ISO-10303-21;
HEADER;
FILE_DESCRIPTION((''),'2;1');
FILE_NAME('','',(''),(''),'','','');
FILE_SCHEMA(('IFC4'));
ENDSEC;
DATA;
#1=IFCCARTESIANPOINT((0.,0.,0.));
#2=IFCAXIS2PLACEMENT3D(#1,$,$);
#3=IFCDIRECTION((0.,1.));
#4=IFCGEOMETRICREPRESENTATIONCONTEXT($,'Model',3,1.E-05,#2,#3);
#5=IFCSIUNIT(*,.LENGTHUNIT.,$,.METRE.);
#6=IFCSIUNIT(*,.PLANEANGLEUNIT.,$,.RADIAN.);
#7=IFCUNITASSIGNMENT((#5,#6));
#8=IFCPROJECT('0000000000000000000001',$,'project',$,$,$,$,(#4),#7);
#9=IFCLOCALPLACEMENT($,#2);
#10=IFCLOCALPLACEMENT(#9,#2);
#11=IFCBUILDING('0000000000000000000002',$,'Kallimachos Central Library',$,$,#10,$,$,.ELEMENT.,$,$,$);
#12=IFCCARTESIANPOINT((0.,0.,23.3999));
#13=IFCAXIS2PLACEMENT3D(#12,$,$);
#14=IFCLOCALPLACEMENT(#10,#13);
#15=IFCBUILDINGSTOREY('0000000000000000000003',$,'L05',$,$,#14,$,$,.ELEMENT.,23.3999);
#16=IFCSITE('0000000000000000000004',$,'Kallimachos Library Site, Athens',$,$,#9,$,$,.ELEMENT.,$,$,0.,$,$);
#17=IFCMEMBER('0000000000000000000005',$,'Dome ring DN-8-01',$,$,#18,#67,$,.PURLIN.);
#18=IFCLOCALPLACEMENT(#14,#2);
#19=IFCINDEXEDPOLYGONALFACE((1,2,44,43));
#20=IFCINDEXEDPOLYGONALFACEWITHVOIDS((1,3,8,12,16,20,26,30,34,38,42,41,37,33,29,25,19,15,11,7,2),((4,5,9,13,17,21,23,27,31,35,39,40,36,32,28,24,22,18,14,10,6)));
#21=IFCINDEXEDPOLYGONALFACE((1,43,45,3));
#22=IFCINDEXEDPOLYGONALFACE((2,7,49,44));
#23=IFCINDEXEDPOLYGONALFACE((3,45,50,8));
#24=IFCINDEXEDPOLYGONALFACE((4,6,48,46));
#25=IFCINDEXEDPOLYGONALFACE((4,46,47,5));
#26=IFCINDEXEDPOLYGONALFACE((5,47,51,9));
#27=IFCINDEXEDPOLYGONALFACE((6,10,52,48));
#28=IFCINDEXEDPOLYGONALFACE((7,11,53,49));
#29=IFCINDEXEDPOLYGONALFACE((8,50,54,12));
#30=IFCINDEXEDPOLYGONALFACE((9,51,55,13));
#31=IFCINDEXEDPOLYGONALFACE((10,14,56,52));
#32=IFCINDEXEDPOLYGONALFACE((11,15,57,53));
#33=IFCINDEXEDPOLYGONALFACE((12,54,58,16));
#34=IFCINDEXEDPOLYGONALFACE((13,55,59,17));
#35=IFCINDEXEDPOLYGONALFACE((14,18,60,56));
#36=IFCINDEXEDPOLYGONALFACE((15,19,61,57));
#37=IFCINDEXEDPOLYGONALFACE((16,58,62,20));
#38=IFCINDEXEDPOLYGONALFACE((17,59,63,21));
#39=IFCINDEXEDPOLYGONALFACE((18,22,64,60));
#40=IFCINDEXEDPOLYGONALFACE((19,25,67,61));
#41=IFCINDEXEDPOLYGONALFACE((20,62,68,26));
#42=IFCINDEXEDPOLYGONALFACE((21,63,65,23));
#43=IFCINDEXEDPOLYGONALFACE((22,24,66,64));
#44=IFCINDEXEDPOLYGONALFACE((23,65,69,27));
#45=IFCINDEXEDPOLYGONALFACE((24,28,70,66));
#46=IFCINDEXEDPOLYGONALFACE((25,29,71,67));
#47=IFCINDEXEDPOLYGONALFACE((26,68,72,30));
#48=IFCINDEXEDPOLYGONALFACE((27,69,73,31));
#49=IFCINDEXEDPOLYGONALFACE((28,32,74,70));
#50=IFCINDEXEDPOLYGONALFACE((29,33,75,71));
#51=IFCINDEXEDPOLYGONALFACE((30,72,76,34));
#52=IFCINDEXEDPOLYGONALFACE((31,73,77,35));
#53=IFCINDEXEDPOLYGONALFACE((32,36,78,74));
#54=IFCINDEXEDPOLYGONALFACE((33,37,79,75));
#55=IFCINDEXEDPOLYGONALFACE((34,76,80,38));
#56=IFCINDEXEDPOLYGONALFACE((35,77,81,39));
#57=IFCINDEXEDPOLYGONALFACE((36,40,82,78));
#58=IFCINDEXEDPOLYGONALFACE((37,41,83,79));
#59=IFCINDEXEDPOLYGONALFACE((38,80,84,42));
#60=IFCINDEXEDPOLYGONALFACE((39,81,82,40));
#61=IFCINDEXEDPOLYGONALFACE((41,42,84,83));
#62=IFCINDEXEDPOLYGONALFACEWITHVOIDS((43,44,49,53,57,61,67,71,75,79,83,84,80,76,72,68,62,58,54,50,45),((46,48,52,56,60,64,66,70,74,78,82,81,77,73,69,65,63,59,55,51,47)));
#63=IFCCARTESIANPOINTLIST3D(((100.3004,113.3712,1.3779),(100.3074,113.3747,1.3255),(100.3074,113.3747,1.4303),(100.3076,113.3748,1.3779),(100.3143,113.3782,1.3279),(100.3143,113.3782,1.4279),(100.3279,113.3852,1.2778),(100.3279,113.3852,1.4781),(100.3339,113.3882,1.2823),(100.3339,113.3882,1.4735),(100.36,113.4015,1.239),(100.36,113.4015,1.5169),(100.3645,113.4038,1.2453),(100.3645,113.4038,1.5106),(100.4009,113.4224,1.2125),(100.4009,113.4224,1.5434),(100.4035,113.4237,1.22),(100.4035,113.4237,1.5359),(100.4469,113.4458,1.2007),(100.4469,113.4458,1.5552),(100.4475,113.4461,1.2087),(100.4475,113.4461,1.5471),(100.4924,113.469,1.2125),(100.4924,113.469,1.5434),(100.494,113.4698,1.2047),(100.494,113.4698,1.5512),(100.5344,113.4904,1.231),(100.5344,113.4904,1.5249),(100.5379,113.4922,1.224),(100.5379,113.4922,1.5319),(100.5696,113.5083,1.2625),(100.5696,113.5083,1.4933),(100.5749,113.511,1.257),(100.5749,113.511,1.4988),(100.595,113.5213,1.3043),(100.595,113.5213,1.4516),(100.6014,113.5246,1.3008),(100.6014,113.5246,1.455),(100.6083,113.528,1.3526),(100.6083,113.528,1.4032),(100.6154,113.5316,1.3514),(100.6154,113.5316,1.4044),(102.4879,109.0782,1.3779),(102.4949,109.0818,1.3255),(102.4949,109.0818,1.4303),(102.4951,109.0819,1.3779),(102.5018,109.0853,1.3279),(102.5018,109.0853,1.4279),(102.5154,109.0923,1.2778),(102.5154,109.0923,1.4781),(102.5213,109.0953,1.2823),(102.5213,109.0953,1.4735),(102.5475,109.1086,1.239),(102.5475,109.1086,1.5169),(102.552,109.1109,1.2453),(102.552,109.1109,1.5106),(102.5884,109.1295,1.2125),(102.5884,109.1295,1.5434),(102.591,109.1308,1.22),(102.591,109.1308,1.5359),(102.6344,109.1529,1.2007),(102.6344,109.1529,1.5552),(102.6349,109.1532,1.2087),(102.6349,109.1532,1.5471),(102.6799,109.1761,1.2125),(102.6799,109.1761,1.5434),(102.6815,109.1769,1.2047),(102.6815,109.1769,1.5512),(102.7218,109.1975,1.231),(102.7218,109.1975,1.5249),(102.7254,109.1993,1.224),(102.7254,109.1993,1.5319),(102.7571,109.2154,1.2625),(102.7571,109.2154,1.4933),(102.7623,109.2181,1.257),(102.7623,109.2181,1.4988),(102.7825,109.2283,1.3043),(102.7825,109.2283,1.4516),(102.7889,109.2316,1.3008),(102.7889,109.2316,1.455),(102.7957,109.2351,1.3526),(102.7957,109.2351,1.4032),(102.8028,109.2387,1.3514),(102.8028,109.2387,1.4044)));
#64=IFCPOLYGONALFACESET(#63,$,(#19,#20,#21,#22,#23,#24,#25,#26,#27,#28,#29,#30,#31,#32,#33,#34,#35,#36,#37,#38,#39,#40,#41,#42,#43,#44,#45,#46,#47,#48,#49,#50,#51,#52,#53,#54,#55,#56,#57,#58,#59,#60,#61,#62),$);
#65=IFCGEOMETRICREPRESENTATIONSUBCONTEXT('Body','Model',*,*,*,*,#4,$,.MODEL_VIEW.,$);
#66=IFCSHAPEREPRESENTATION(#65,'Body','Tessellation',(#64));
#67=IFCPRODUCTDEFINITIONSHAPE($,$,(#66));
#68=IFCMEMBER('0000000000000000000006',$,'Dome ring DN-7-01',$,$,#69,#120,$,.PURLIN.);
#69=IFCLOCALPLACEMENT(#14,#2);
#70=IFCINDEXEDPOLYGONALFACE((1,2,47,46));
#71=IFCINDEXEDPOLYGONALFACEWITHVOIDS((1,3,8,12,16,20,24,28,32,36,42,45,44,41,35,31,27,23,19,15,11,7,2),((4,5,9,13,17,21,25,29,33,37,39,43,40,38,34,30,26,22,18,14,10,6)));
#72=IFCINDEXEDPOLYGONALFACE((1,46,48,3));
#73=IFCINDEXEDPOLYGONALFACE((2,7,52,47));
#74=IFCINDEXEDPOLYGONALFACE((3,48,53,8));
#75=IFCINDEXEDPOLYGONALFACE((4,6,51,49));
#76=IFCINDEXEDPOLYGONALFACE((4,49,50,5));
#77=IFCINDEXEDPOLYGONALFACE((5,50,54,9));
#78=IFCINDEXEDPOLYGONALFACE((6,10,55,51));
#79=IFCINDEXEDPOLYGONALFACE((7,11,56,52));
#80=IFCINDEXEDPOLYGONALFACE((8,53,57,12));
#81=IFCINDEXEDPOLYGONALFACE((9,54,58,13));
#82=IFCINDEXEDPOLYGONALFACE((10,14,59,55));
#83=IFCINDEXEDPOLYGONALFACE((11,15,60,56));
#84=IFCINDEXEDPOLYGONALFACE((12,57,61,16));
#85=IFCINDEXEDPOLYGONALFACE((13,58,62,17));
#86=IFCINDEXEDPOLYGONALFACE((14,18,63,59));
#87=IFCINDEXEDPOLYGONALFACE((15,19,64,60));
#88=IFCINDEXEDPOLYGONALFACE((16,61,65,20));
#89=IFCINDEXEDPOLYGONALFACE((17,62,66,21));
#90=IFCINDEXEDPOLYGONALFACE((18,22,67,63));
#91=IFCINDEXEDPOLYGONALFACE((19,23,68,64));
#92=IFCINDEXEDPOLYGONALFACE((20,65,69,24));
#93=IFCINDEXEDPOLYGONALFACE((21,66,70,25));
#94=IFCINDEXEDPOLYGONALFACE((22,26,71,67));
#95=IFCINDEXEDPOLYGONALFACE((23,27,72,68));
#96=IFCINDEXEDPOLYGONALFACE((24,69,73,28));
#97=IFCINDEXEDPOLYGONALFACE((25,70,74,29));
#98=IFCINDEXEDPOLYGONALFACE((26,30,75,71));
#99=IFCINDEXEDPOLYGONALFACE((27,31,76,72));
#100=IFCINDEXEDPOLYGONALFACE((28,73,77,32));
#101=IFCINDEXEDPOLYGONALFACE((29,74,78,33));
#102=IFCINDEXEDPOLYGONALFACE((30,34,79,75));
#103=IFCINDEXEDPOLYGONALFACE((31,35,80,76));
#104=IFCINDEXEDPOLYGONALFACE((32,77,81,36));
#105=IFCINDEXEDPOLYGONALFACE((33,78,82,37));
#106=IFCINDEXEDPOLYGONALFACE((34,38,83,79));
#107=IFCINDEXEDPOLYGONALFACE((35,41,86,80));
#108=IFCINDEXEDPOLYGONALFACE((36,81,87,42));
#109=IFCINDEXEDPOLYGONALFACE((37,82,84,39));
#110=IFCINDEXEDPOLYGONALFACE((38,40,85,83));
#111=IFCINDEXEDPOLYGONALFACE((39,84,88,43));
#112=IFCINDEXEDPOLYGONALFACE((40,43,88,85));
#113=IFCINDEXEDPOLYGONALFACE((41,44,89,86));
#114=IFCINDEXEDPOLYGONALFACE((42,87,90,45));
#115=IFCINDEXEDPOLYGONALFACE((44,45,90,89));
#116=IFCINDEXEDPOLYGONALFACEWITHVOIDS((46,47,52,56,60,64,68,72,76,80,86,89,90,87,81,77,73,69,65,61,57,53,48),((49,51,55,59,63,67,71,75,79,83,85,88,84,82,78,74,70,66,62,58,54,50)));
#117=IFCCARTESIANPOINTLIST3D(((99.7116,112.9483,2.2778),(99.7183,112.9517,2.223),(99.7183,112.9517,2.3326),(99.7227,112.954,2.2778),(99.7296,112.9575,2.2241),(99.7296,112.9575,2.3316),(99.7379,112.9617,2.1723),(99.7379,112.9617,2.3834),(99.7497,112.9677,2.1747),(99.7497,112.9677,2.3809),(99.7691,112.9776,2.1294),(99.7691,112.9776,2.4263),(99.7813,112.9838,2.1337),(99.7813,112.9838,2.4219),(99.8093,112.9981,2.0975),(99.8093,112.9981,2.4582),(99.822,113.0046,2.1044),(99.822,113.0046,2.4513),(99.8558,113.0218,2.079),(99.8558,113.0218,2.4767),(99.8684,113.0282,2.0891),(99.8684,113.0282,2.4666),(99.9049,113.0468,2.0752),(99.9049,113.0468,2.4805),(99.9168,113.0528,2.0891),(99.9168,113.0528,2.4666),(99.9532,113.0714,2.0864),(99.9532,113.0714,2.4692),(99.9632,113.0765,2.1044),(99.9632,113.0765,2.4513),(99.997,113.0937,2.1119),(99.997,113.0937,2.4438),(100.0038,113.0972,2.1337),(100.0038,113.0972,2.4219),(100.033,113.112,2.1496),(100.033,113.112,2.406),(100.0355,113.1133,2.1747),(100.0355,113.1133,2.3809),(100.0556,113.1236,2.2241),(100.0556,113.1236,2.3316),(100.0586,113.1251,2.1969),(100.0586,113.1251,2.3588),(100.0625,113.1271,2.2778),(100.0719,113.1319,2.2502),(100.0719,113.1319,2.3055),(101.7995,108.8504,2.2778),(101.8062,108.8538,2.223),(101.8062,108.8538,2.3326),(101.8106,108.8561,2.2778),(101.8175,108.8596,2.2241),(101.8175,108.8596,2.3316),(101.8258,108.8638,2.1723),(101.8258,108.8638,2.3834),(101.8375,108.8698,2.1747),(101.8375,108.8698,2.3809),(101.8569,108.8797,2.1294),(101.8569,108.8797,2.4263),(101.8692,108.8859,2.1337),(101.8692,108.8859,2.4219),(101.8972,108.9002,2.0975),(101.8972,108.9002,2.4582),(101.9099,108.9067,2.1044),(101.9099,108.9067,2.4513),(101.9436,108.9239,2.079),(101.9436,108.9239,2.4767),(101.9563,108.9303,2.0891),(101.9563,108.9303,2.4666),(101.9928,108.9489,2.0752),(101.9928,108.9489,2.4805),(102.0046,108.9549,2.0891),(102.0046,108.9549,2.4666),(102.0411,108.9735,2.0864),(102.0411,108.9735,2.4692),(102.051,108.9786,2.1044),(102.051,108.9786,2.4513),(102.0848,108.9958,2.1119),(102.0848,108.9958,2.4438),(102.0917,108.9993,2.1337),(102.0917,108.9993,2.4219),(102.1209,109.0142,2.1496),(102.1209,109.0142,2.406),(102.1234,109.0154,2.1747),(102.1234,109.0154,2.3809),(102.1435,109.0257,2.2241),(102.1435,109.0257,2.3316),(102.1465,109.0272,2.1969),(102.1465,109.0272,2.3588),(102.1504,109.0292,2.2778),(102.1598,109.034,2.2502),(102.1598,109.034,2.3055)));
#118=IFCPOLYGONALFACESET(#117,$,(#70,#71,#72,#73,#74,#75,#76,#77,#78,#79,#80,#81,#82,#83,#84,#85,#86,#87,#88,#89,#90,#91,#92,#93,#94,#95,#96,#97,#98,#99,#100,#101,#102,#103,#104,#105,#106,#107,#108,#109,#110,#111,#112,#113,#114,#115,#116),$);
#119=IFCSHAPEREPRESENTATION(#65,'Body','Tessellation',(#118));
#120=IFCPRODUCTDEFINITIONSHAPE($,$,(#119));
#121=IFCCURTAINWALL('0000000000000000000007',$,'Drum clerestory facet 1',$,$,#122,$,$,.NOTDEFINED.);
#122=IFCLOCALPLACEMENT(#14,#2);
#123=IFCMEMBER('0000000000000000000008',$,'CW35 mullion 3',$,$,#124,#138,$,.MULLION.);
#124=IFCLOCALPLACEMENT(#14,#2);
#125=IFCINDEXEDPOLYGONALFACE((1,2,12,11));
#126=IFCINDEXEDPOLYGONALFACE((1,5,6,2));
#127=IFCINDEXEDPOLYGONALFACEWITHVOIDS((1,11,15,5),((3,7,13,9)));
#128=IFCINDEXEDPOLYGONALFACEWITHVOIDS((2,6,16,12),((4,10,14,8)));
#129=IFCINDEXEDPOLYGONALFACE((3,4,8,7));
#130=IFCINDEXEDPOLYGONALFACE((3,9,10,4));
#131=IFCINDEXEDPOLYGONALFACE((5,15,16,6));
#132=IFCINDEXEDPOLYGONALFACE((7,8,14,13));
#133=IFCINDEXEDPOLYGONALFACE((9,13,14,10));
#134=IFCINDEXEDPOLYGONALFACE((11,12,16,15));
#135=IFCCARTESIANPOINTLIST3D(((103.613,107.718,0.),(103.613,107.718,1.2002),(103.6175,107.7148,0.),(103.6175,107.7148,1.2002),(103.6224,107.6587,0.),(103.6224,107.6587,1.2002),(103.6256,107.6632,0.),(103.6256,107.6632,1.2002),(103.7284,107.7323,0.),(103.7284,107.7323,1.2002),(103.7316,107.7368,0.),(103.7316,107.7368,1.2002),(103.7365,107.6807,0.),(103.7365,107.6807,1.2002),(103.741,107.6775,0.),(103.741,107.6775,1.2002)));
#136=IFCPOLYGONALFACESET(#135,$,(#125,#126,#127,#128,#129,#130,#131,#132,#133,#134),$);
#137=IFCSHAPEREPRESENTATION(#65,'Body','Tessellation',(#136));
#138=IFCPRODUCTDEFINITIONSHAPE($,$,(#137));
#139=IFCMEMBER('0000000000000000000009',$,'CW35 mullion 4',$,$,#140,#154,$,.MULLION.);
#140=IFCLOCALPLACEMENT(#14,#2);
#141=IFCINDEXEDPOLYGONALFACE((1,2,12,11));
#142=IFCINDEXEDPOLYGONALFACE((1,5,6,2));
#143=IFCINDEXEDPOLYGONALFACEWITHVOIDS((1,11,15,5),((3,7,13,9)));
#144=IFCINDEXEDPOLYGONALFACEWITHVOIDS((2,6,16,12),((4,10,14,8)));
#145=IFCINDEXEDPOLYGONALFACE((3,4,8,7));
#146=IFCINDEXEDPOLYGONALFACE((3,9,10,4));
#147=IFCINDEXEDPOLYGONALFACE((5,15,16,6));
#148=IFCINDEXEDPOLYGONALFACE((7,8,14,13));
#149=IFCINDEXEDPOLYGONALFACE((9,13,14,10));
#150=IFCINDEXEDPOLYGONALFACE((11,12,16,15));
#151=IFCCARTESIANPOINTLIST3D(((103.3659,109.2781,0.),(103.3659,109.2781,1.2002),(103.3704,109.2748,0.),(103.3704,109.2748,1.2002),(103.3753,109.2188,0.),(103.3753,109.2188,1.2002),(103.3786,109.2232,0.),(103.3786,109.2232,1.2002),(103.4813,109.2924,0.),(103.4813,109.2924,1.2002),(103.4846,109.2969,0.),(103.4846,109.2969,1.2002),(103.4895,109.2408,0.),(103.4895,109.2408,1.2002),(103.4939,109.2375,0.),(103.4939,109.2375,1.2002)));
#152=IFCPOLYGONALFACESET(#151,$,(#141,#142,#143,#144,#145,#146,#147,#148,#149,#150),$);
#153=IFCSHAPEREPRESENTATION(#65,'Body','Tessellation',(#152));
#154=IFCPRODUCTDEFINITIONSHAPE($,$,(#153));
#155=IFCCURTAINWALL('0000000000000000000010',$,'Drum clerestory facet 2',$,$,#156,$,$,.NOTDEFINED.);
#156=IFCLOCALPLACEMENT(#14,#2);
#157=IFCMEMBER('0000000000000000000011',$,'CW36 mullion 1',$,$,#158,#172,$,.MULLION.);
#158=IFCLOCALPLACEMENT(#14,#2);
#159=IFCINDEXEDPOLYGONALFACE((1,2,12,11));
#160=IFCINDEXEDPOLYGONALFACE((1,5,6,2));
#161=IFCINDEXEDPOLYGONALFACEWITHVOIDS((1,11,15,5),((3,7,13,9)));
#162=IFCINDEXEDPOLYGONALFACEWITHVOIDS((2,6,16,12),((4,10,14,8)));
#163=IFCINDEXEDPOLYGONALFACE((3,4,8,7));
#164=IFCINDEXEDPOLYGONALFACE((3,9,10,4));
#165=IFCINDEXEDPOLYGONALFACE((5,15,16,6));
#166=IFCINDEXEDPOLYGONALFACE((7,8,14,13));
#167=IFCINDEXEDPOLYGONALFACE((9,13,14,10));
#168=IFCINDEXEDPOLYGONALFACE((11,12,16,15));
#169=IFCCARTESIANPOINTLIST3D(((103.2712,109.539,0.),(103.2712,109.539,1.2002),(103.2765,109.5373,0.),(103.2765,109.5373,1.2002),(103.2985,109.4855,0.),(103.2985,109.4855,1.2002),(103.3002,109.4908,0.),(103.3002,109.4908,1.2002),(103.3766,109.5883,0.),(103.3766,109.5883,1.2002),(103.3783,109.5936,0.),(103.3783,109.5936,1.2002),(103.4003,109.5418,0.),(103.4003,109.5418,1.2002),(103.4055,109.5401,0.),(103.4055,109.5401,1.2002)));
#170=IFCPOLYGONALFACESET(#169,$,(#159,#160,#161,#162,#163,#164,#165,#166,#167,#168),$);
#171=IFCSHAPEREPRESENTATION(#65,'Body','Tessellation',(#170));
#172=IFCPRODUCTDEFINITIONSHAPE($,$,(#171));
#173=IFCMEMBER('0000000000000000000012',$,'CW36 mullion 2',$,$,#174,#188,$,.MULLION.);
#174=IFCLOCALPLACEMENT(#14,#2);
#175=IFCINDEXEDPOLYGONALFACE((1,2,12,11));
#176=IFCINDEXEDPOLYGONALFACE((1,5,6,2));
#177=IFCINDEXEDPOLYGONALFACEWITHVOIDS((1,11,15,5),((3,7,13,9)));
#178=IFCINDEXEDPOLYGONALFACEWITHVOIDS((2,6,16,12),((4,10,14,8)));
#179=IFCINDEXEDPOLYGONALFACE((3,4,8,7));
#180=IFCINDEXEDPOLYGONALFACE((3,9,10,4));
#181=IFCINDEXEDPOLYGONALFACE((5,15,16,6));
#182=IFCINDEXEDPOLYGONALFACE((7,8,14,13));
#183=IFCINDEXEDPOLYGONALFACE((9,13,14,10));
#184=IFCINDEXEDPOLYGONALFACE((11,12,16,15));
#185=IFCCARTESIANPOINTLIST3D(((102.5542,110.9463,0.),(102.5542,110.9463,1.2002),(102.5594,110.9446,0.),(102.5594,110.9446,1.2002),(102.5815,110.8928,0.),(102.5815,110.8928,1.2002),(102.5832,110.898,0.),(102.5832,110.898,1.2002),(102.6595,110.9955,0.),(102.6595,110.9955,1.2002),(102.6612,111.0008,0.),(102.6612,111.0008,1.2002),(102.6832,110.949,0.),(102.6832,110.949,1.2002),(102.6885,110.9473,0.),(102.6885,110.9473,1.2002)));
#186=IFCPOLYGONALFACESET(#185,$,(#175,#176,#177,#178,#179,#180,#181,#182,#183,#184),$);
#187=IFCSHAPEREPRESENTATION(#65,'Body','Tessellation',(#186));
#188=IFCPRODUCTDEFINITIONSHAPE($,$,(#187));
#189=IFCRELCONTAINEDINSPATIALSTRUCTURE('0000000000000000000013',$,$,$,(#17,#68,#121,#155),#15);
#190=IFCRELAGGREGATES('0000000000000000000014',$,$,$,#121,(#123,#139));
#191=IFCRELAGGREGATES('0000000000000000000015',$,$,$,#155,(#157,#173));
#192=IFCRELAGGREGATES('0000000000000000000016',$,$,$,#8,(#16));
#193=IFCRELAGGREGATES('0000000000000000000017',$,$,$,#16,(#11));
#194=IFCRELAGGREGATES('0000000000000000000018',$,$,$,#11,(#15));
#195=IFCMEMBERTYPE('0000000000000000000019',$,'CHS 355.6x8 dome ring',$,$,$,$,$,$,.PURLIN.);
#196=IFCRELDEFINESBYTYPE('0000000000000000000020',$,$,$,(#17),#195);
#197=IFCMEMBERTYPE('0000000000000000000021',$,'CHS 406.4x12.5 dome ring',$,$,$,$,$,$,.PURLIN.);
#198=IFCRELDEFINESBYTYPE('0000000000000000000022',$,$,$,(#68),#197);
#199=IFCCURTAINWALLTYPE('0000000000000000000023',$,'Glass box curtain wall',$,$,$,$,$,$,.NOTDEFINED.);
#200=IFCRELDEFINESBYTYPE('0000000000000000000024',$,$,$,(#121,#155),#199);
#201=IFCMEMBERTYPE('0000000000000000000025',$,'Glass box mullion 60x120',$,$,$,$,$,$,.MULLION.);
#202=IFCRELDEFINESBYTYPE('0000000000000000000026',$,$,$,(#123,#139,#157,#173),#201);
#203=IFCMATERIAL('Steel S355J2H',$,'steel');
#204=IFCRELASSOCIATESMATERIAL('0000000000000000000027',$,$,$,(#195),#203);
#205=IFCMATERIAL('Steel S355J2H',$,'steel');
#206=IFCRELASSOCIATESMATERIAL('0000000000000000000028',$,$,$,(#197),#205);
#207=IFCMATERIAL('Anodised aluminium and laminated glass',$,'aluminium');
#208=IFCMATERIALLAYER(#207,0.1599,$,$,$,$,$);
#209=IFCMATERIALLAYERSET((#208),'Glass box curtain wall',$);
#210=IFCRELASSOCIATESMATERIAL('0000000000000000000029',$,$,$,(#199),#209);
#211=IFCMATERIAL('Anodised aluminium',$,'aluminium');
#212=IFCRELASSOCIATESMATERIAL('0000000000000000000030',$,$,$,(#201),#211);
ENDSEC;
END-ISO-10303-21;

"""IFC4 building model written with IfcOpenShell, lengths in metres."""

from ifc_helpers import new_model, si_unit, direction, frame, origin, origin_2d, place, context, subcontext, project, spatial, hollow_rectangle, hollow_circle, extrude, material, layer, layer_set, material_profile, profile_set, type_object, element, aggregate, save


model = new_model("IFC4")

# Units and contexts
model_context = context("Model", 3, precision=1e-05, world=origin(), true_north=direction((0.0, 1.0)))
body_context = subcontext(model_context, "Body", "Model", "MODEL_VIEW")
ifc_project = project(units=[si_unit("LENGTHUNIT", "METRE"), si_unit("PLANEANGLEUNIT", "RADIAN")], contexts=[model_context])

# Site, building, storey
site_placement = place(None, origin())
site = spatial("IfcSite", under=ifc_project, at=site_placement, Name="Kallimachos Library Site, Athens", CompositionType="ELEMENT", RefElevation=0.0)
building_placement = place(site_placement, origin())
building = spatial("IfcBuilding", under=site, at=building_placement, Name="Kallimachos Central Library", CompositionType="ELEMENT")
storey_placement = place(building_placement, frame((0.0, 0.0, 23.3999)))
storey = spatial("IfcBuildingStorey", under=building, at=storey_placement, Name="L05", CompositionType="ELEMENT", Elevation=23.3999)

# Members
ifc_material_1 = material(Name="Steel S355J2H", Category="steel")
ifc_material_profile_1 = material_profile(ifc_material_1, hollow_circle(Radius=0.1777, WallThickness=0.0081, at=origin_2d()), Name="CHS 355.6x8")
ifc_profile_set_1 = profile_set([ifc_material_profile_1], Name="Steel S355J2H")
member_type_1 = type_object("IfcMemberType", Name="CHS 355.6x8 dome ring", PredefinedType="PURLIN", material=ifc_profile_set_1)
member_1_placement = place(storey_placement, frame((102.6462, 109.1589, 1.3779), z_axis=(-0.454011, 0.890996, 0.0), x_axis=(-0.890996, -0.454011, 0.0)))
element("IfcMember", 1, at=member_1_placement, inside=storey, type_object=member_type_1, Name="Dome ring DN-8-01", PredefinedType="PURLIN", context=body_context, shape_type="SweptSolid", body=[
    extrude(hollow_circle(Radius=0.1777, WallThickness=0.0081, at=origin_2d()), origin(), (0.0, 0.0, 1.0), 4.8181),
])
ifc_material_2 = material(Name="Steel S355J2H", Category="steel")
ifc_material_profile_2 = material_profile(ifc_material_2, hollow_circle(Radius=0.2031, WallThickness=0.0125, at=origin_2d()), Name="CHS 406.4x12.5")
ifc_profile_set_2 = profile_set([ifc_material_profile_2], Name="Steel S355J2H")
member_type_2 = type_object("IfcMemberType", Name="CHS 406.4x12.5 dome ring", PredefinedType="PURLIN", material=ifc_profile_set_2)
member_2_placement = place(storey_placement, frame((101.9805, 108.9426, 2.2778), z_axis=(-0.453974, 0.891015, 0.0), x_axis=(-0.891015, -0.453974, 0.0)))
element("IfcMember", 2, at=member_2_placement, inside=storey, type_object=member_type_2, Name="Dome ring DN-7-01", PredefinedType="PURLIN", context=body_context, shape_type="SweptSolid", body=[
    extrude(hollow_circle(Radius=0.2031, WallThickness=0.0125, at=origin_2d()), origin(), (0.0, 0.0, 1.0), 4.5991),
])

# Curtain walls, members
ifc_material_3 = material(Name="Anodised aluminium and laminated glass", Category="aluminium")
ifc_layer_1 = layer(ifc_material_3, 0.1599)
ifc_layer_set_1 = layer_set([ifc_layer_1], Name="Glass box curtain wall")
curtain_wall_type = type_object("IfcCurtainWallType", Name="Glass box curtain wall", PredefinedType="NOTDEFINED", material=ifc_layer_set_1)
curtain_wall_1_placement = place(storey_placement, origin())
curtain_wall_1 = element("IfcCurtainWall", 3, at=curtain_wall_1_placement, inside=storey, type_object=curtain_wall_type, Name="Drum clerestory facet 1", PredefinedType="NOTDEFINED")
ifc_material_4 = material(Name="Anodised aluminium", Category="aluminium")
ifc_material_profile_3 = material_profile(ifc_material_4, hollow_rectangle(XDim=0.0601, YDim=0.1201, WallThickness=0.0039, at=origin_2d()), Name="ALU MULLION 60x120")
ifc_profile_set_3 = profile_set([ifc_material_profile_3], Name="Anodised aluminium")
member_type_3 = type_object("IfcMemberType", Name="Glass box mullion 60x120", PredefinedType="MULLION", material=ifc_profile_set_3)
member_3_placement = place(storey_placement, frame((103.677, 107.6978, 0.0), z_axis=(0.0, 0.0, 1.0), x_axis=(-0.156435, 0.987688, 0.0)))
member_3 = element("IfcMember", 4, at=member_3_placement, type_object=member_type_3, Name="CW35 mullion 3", PredefinedType="MULLION", context=body_context, shape_type="SweptSolid", body=[
    extrude(hollow_rectangle(XDim=0.0601, YDim=0.1201, WallThickness=0.0039, at=origin_2d()), origin(), (0.0, 0.0, 1.0), 1.2002),
])
member_4_placement = place(storey_placement, frame((103.4299, 109.2578, 0.0), z_axis=(0.0, 0.0, 1.0), x_axis=(-0.156435, 0.987688, 0.0)))
member_4 = element("IfcMember", 5, at=member_4_placement, type_object=member_type_3, Name="CW35 mullion 4", PredefinedType="MULLION", context=body_context, shape_type="SweptSolid", body=[
    extrude(hollow_rectangle(XDim=0.0601, YDim=0.1201, WallThickness=0.0039, at=origin_2d()), origin(), (0.0, 0.0, 1.0), 1.2002),
])
curtain_wall_2_placement = place(storey_placement, origin())
curtain_wall_2 = element("IfcCurtainWall", 6, at=curtain_wall_2_placement, inside=storey, type_object=curtain_wall_type, Name="Drum clerestory facet 2", PredefinedType="NOTDEFINED")
member_5_placement = place(storey_placement, frame((103.3384, 109.5396, 0.0), z_axis=(0.0, 0.0, 1.0), x_axis=(-0.453991, 0.891006, 0.0)))
member_5 = element("IfcMember", 7, at=member_5_placement, type_object=member_type_3, Name="CW36 mullion 1", PredefinedType="MULLION", context=body_context, shape_type="SweptSolid", body=[
    extrude(hollow_rectangle(XDim=0.0601, YDim=0.1201, WallThickness=0.0039, at=origin_2d()), origin(), (0.0, 0.0, 1.0), 1.2002),
])
member_6_placement = place(storey_placement, frame((102.6213, 110.9468, 0.0), z_axis=(0.0, 0.0, 1.0), x_axis=(-0.453991, 0.891006, 0.0)))
member_6 = element("IfcMember", 8, at=member_6_placement, type_object=member_type_3, Name="CW36 mullion 2", PredefinedType="MULLION", context=body_context, shape_type="SweptSolid", body=[
    extrude(hollow_rectangle(XDim=0.0601, YDim=0.1201, WallThickness=0.0039, at=origin_2d()), origin(), (0.0, 0.0, 1.0), 1.2002),
])

aggregate(curtain_wall_1, [member_3, member_4])
aggregate(curtain_wall_2, [member_5, member_6])

save(model, "model.ifc")
